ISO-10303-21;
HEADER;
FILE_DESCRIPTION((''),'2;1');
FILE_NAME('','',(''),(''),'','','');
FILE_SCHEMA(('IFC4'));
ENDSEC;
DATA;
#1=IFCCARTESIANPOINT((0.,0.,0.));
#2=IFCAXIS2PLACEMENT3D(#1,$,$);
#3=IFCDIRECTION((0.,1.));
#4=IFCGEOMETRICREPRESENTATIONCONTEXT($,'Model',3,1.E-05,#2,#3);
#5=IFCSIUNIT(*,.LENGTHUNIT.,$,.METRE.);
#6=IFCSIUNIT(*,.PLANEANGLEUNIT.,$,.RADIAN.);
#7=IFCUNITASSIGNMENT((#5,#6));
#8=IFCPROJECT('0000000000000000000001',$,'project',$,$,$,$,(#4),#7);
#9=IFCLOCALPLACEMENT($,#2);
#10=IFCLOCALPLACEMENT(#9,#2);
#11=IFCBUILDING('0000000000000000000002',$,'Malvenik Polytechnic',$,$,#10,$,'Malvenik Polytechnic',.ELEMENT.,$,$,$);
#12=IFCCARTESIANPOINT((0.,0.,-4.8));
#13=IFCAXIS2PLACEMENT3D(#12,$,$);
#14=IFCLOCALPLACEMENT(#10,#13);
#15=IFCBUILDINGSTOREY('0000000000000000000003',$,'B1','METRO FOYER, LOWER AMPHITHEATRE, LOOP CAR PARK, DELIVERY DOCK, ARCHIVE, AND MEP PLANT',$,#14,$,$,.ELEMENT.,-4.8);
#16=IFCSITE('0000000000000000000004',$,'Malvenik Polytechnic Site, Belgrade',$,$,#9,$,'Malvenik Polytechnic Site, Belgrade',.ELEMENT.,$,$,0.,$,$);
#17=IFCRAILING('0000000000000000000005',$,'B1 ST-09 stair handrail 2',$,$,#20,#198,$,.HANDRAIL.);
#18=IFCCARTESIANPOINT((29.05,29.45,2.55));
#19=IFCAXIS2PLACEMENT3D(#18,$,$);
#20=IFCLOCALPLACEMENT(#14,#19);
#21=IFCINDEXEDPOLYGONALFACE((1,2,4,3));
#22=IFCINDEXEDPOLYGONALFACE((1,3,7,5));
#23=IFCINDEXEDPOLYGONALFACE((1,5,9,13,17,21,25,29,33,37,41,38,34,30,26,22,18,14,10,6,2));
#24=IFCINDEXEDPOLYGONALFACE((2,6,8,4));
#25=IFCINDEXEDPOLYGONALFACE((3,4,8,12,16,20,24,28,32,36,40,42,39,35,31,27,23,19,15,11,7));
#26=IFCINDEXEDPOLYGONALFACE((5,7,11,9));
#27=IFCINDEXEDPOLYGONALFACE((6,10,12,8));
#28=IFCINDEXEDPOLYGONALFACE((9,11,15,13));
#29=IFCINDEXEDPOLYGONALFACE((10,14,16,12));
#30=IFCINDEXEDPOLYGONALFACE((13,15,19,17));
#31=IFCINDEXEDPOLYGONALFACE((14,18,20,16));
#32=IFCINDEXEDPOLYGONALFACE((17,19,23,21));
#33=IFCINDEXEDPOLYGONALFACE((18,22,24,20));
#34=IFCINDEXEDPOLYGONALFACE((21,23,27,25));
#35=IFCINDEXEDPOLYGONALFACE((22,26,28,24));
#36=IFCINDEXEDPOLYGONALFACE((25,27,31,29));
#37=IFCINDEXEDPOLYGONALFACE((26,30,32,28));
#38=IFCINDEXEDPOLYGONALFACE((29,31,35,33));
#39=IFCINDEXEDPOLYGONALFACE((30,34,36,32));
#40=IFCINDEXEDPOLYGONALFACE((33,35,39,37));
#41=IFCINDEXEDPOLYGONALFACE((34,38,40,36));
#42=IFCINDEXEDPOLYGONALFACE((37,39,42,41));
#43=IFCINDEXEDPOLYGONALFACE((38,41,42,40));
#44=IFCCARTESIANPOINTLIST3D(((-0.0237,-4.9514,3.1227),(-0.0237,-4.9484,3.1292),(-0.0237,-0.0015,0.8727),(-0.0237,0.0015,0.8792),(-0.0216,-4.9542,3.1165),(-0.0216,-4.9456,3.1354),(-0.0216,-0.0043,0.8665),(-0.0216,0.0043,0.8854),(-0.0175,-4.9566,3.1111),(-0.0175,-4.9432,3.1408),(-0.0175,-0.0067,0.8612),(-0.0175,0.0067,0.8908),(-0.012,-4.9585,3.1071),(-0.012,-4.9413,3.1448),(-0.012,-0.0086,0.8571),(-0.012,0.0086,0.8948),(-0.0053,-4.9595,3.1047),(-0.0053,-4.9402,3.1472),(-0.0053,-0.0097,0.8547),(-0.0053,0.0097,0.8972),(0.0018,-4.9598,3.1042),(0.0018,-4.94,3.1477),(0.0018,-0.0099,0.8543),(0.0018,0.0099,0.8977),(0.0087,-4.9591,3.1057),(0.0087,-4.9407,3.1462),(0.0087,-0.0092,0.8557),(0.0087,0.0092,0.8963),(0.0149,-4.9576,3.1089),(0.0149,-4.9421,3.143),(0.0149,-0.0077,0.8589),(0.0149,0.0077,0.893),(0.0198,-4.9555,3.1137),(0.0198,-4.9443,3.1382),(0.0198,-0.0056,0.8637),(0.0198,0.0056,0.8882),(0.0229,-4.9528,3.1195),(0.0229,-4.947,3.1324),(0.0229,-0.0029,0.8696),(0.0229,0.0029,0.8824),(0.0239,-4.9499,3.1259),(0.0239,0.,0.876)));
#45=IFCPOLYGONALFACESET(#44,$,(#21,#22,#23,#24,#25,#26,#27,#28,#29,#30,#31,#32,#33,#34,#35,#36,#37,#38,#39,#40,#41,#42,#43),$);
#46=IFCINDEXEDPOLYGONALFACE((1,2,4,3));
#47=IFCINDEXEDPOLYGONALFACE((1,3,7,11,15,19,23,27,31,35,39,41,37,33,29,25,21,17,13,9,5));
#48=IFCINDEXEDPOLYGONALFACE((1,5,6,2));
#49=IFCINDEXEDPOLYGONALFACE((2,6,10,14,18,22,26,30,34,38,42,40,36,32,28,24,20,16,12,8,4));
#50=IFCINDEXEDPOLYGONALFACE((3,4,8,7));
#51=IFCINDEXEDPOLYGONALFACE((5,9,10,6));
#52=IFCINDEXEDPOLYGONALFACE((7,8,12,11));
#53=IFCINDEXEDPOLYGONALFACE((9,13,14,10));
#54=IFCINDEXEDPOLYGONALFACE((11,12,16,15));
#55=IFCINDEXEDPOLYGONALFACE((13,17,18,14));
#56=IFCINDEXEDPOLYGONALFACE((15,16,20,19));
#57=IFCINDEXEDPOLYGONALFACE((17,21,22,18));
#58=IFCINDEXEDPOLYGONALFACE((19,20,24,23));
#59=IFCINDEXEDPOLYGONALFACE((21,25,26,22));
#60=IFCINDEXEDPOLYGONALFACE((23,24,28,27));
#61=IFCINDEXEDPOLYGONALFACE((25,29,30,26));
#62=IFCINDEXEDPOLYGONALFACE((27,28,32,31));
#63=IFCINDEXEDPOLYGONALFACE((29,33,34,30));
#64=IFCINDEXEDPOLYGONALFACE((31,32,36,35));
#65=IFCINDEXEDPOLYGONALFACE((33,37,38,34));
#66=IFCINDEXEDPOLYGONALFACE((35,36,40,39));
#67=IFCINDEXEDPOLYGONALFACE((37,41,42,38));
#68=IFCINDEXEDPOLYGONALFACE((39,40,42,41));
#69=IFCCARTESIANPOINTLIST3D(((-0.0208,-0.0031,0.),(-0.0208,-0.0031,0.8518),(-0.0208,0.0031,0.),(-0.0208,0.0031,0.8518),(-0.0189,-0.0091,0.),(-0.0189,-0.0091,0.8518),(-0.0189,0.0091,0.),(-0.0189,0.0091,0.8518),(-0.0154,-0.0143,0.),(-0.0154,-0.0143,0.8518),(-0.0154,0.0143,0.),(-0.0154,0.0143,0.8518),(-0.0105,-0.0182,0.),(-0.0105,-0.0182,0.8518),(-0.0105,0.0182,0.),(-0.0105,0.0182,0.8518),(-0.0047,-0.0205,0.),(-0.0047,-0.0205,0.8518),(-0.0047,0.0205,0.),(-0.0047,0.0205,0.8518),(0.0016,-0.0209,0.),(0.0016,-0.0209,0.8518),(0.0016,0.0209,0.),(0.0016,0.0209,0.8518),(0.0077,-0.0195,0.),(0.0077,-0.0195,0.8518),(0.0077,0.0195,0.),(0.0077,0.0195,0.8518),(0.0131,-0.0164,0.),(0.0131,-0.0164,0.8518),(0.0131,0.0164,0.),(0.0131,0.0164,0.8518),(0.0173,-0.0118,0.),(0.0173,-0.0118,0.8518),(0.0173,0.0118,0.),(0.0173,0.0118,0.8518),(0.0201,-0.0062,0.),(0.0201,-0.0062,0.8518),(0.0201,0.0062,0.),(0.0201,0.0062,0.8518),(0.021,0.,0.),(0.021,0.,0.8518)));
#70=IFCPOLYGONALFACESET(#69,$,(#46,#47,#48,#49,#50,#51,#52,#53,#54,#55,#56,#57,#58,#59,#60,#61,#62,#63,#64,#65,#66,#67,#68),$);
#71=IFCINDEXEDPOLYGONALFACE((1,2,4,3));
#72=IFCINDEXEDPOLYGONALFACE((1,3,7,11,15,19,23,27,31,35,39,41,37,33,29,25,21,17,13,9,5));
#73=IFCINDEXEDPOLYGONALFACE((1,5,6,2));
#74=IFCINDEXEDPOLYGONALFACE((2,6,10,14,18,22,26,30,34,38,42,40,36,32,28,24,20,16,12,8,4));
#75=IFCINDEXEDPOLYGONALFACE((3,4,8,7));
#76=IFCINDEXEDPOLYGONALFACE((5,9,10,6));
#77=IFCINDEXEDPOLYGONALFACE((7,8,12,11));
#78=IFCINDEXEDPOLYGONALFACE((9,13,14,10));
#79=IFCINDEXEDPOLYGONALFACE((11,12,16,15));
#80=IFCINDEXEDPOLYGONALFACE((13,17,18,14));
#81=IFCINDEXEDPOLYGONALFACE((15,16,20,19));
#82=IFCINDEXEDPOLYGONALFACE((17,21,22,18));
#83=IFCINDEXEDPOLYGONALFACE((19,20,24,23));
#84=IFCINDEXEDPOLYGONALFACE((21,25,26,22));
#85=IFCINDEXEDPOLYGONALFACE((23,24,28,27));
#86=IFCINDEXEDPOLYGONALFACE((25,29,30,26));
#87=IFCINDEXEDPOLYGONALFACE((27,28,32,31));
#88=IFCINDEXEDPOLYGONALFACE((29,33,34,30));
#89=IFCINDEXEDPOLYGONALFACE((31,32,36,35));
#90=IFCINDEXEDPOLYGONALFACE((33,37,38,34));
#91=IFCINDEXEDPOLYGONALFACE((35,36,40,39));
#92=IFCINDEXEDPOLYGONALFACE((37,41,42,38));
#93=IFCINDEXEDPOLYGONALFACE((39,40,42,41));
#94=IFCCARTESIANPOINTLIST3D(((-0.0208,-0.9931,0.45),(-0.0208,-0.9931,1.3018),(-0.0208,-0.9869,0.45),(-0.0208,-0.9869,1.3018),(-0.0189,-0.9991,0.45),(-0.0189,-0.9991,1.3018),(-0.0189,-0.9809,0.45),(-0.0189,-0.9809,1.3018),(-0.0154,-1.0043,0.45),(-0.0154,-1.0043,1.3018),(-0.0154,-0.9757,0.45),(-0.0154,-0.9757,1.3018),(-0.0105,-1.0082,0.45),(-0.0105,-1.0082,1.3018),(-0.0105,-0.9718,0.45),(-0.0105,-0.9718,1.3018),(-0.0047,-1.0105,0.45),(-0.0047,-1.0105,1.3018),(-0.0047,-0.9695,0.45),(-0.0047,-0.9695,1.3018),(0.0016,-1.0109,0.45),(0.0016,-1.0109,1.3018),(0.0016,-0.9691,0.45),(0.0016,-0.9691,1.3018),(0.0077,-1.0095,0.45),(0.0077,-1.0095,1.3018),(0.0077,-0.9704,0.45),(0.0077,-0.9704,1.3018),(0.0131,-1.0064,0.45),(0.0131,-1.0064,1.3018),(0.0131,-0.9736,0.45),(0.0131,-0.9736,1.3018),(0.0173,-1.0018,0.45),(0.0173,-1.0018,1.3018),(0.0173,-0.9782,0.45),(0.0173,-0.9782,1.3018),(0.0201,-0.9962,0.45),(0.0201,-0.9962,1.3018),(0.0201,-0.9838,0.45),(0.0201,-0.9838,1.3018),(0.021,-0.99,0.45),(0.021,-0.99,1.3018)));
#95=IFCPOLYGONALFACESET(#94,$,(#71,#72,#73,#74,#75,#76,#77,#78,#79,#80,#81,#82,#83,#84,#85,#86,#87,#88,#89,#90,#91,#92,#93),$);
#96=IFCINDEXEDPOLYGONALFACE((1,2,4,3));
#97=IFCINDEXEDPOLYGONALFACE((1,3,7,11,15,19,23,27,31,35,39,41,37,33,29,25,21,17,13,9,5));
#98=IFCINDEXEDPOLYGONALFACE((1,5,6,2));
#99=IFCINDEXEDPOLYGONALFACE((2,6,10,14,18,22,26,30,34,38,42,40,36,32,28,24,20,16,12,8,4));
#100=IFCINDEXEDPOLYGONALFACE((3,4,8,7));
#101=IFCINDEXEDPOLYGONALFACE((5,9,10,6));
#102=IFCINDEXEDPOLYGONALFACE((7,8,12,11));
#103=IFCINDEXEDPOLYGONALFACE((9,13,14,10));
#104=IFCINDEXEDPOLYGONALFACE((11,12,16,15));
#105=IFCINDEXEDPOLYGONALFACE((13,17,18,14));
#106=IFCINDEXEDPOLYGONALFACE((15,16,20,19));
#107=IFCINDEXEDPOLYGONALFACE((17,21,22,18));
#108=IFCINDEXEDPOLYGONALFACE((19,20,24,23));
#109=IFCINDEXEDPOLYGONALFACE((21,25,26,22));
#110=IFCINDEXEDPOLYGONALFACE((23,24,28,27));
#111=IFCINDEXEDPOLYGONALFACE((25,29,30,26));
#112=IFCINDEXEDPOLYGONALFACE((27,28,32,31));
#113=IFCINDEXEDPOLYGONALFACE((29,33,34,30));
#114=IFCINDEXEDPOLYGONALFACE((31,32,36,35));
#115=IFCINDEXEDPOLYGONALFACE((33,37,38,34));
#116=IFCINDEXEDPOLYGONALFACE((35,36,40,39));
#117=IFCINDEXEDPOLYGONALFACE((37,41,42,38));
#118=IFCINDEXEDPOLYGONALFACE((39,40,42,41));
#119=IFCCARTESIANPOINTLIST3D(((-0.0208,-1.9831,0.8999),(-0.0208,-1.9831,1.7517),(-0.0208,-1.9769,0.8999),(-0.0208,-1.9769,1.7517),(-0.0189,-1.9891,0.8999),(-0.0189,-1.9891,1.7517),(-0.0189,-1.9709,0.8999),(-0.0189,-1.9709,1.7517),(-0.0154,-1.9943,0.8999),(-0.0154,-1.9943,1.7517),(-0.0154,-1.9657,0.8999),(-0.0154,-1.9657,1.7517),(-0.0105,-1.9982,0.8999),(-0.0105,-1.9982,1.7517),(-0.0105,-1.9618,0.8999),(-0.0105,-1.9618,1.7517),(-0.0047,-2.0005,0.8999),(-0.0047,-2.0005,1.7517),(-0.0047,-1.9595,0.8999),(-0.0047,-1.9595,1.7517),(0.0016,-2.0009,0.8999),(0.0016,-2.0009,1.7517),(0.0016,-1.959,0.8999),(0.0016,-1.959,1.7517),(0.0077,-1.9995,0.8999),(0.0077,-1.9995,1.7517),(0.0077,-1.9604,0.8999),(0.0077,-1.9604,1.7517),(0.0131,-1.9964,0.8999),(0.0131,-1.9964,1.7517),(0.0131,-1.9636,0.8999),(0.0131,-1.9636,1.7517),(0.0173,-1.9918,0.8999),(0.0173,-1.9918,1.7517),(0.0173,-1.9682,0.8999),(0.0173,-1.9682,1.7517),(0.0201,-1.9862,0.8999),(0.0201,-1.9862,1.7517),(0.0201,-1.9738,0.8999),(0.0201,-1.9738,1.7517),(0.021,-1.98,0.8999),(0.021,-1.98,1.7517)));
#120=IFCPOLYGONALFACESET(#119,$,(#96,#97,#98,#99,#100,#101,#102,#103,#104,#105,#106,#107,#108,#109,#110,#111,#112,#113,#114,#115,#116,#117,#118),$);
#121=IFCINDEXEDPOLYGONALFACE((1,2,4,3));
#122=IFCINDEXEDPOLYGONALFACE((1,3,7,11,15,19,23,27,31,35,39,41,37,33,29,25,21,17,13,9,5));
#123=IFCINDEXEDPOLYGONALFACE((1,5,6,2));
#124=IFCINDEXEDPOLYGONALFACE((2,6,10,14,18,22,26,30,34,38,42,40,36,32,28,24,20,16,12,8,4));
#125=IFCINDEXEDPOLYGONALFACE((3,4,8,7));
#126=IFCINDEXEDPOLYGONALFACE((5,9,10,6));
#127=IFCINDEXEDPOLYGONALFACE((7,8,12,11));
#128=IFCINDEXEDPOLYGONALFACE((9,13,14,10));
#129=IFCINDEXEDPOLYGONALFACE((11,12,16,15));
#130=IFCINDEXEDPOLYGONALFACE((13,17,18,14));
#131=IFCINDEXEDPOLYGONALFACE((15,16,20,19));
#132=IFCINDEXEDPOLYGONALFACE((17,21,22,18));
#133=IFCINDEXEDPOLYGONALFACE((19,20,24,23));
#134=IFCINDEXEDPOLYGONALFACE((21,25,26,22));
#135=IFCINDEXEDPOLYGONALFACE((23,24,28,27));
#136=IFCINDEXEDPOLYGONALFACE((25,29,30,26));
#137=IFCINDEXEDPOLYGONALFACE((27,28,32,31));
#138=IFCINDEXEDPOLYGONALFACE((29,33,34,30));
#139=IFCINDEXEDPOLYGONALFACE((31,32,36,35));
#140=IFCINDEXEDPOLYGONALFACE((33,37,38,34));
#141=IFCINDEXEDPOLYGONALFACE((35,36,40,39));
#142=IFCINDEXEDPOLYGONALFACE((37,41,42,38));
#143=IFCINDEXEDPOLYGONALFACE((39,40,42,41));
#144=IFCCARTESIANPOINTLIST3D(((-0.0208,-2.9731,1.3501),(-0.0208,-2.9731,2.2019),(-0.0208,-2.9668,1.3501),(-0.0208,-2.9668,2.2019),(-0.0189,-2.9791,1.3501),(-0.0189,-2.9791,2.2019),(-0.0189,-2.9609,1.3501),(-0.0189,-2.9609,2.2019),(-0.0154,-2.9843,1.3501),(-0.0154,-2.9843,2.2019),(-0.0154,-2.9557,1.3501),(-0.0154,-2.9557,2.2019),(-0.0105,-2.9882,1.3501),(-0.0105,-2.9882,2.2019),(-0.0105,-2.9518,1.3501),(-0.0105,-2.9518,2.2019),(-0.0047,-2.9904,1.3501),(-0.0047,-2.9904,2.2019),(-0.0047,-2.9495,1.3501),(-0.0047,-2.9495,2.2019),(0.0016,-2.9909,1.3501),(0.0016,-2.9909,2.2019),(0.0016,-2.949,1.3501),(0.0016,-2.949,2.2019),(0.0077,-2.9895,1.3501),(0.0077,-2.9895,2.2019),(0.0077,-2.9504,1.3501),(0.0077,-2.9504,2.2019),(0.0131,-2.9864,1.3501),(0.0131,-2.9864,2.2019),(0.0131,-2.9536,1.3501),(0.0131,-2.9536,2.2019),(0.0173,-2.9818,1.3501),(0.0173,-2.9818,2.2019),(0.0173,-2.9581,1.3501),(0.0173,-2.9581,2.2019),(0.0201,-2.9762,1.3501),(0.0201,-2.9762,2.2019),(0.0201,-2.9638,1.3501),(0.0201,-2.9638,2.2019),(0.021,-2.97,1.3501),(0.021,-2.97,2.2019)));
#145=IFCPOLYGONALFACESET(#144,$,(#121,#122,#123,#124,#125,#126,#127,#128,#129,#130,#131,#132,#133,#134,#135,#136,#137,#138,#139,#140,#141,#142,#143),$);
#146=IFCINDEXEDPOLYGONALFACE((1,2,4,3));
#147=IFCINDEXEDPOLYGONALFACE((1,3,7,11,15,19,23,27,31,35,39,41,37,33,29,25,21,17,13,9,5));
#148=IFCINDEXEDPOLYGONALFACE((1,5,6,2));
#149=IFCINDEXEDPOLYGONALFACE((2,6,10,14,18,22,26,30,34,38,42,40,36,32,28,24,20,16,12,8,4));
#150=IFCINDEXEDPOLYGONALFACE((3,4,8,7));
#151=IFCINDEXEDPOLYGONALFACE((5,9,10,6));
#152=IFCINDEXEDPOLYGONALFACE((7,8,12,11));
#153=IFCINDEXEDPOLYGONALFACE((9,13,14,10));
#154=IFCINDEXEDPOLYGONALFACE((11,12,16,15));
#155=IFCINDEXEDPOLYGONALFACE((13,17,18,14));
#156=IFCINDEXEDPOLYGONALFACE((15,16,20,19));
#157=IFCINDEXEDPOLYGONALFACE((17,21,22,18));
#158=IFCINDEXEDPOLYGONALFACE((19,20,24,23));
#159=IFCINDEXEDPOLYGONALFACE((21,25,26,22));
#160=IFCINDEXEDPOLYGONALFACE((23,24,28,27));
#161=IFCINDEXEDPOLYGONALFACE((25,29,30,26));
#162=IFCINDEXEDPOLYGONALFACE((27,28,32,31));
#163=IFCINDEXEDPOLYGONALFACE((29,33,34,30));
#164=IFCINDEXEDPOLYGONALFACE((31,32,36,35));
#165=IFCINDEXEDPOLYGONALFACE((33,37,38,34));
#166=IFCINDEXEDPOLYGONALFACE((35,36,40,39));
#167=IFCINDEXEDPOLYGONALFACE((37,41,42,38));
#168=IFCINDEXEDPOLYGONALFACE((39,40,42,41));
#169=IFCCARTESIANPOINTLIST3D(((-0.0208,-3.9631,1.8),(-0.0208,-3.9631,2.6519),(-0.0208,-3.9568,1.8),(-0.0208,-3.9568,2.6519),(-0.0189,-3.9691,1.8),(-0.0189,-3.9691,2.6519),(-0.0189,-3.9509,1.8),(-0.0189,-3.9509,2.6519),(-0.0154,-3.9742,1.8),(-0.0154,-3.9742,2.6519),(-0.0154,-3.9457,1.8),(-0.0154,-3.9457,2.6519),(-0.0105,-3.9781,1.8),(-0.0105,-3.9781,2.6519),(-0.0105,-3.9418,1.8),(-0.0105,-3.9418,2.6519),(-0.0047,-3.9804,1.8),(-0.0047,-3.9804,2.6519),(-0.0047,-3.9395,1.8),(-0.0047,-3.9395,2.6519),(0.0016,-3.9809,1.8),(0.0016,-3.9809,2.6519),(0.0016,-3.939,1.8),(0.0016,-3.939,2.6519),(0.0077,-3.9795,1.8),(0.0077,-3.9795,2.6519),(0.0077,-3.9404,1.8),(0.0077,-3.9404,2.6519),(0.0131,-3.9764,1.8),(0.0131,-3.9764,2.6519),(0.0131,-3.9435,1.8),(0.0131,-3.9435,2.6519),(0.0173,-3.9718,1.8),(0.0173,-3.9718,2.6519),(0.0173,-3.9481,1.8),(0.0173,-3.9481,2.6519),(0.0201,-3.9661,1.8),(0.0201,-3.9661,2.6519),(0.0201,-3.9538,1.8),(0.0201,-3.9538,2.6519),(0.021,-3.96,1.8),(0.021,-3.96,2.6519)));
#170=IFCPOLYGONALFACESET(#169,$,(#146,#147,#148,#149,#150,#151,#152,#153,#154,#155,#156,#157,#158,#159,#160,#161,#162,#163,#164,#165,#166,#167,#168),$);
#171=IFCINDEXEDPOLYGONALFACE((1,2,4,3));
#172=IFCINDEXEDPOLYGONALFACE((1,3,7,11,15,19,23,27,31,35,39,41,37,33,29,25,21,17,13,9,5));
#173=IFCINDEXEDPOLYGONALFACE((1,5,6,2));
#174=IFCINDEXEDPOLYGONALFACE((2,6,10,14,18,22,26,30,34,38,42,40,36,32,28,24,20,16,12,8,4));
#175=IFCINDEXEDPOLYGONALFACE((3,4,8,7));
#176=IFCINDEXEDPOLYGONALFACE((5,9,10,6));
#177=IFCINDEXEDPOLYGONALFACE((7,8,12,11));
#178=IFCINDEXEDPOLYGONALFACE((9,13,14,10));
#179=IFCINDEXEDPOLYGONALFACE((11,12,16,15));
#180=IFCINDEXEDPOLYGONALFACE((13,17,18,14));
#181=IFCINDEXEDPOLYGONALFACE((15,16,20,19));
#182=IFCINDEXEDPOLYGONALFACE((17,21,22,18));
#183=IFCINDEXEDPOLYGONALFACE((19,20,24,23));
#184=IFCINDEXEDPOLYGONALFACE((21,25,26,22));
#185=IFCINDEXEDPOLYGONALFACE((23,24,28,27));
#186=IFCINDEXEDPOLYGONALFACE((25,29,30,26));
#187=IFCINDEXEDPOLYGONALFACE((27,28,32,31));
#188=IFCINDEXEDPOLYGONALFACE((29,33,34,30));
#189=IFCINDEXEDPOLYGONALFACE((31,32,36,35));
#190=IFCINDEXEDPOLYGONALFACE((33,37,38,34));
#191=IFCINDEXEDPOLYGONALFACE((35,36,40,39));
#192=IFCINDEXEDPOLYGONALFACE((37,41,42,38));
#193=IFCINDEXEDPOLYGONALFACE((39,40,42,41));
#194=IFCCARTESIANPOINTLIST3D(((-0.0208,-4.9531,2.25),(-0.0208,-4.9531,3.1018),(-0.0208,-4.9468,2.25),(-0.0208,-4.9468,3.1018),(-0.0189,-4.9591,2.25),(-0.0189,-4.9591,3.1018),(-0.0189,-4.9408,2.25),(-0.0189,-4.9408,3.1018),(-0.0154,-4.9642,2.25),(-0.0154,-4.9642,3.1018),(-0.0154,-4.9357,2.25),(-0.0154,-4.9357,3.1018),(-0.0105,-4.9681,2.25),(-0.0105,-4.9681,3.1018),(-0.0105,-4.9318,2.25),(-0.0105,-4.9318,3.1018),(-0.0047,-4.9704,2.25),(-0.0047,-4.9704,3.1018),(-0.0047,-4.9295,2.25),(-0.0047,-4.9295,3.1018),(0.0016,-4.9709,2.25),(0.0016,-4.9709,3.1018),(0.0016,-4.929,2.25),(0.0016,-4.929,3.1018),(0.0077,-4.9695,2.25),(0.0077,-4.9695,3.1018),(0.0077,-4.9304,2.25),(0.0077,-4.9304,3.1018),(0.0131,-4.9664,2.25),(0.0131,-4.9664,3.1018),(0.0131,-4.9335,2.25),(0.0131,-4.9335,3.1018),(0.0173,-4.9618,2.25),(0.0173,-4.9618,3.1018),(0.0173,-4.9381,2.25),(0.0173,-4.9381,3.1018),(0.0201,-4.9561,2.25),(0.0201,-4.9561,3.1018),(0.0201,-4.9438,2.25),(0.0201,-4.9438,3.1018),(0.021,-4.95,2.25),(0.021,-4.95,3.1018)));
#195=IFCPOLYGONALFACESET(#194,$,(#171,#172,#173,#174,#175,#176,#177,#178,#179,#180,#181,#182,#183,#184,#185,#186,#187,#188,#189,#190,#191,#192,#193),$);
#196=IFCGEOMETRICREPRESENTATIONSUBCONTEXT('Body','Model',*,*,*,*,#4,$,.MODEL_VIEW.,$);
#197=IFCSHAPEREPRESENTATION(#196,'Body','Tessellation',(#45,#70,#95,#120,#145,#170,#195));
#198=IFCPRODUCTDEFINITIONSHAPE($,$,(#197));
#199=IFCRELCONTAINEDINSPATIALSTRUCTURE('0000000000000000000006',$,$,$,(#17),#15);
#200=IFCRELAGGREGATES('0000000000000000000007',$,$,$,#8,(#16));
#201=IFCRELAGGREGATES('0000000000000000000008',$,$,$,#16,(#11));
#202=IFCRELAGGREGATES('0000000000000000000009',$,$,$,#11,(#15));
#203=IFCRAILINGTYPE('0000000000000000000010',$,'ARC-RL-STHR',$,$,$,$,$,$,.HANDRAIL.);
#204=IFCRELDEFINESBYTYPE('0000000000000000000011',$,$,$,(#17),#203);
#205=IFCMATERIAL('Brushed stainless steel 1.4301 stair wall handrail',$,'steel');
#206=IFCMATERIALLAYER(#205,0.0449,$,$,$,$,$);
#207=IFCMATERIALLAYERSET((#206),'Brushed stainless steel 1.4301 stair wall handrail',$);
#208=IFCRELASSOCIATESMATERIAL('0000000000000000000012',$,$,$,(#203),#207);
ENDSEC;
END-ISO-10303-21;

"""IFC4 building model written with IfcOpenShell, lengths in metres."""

from ifc_helpers import new_model, si_unit, direction, frame, origin, origin_2d, place, context, subcontext, project, spatial, circle, extrude, material, layer, layer_set, type_object, element, save


model = new_model("IFC4")

# Units and contexts
model_context = context("Model", 3, precision=1e-05, world=origin(), true_north=direction((0.0, 1.0)))
body_context = subcontext(model_context, "Body", "Model", "MODEL_VIEW")
ifc_project = project(units=[si_unit("LENGTHUNIT", "METRE"), si_unit("PLANEANGLEUNIT", "RADIAN")], contexts=[model_context])

# Site, building, storey
site_placement = place(None, origin())
site = spatial("IfcSite", under=ifc_project, at=site_placement, Name="Malvenik Polytechnic Site, Belgrade", LongName="Malvenik Polytechnic Site, Belgrade", CompositionType="ELEMENT", RefElevation=0.0)
building_placement = place(site_placement, origin())
building = spatial("IfcBuilding", under=site, at=building_placement, Name="Malvenik Polytechnic", LongName="Malvenik Polytechnic", CompositionType="ELEMENT")
storey_placement = place(building_placement, frame((0.0, 0.0, -4.8)))
storey = spatial("IfcBuildingStorey", under=building, at=storey_placement, Name="B1", Description="METRO FOYER, LOWER AMPHITHEATRE, LOOP CAR PARK, DELIVERY DOCK, ARCHIVE, AND MEP PLANT", CompositionType="ELEMENT", Elevation=-4.8)

# Railing
ifc_material_1 = material(Name="Brushed stainless steel 1.4301 stair wall handrail", Category="steel")
ifc_layer_1 = layer(ifc_material_1, 0.0449)
ifc_layer_set_1 = layer_set([ifc_layer_1], Name="Brushed stainless steel 1.4301 stair wall handrail")
railing_type_1 = type_object("IfcRailingType", Name="ARC-RL-STHR", PredefinedType="HANDRAIL", material=ifc_layer_set_1)
railing_1_placement = place(storey_placement, frame((29.05, 29.45, 2.55)))
element("IfcRailing", 1, at=railing_1_placement, inside=storey, type_object=railing_type_1, Name="B1 ST-09 stair handrail 2", PredefinedType="HANDRAIL", context=body_context, shape_type="SweptSolid", body=[
    extrude(circle(Radius=0.0239, at=origin_2d()), frame((0.0, 0.0, 0.876), z_axis=(0.0, -0.910365, 0.413806), x_axis=(1.0, 0.0, 0.0)), (0.0, 0.0, 1.0), 5.4373),
    extrude(circle(Radius=0.021, at=origin_2d()), origin(), (0.0, 0.0, 1.0), 0.8518),
    extrude(circle(Radius=0.021, at=origin_2d()), frame((0.0, -0.99, 0.45)), (0.0, 0.0, 1.0), 0.8518),
    extrude(circle(Radius=0.021, at=origin_2d()), frame((0.0, -1.98, 0.8999)), (0.0, 0.0, 1.0), 0.8518),
    extrude(circle(Radius=0.021, at=origin_2d()), frame((0.0, -2.97, 1.3501)), (0.0, 0.0, 1.0), 0.8518),
    extrude(circle(Radius=0.021, at=origin_2d()), frame((0.0, -3.96, 1.8)), (0.0, 0.0, 1.0), 0.8518),
    extrude(circle(Radius=0.021, at=origin_2d()), frame((0.0, -4.95, 2.25)), (0.0, 0.0, 1.0), 0.8518),
])

save(model, "model.ifc")
